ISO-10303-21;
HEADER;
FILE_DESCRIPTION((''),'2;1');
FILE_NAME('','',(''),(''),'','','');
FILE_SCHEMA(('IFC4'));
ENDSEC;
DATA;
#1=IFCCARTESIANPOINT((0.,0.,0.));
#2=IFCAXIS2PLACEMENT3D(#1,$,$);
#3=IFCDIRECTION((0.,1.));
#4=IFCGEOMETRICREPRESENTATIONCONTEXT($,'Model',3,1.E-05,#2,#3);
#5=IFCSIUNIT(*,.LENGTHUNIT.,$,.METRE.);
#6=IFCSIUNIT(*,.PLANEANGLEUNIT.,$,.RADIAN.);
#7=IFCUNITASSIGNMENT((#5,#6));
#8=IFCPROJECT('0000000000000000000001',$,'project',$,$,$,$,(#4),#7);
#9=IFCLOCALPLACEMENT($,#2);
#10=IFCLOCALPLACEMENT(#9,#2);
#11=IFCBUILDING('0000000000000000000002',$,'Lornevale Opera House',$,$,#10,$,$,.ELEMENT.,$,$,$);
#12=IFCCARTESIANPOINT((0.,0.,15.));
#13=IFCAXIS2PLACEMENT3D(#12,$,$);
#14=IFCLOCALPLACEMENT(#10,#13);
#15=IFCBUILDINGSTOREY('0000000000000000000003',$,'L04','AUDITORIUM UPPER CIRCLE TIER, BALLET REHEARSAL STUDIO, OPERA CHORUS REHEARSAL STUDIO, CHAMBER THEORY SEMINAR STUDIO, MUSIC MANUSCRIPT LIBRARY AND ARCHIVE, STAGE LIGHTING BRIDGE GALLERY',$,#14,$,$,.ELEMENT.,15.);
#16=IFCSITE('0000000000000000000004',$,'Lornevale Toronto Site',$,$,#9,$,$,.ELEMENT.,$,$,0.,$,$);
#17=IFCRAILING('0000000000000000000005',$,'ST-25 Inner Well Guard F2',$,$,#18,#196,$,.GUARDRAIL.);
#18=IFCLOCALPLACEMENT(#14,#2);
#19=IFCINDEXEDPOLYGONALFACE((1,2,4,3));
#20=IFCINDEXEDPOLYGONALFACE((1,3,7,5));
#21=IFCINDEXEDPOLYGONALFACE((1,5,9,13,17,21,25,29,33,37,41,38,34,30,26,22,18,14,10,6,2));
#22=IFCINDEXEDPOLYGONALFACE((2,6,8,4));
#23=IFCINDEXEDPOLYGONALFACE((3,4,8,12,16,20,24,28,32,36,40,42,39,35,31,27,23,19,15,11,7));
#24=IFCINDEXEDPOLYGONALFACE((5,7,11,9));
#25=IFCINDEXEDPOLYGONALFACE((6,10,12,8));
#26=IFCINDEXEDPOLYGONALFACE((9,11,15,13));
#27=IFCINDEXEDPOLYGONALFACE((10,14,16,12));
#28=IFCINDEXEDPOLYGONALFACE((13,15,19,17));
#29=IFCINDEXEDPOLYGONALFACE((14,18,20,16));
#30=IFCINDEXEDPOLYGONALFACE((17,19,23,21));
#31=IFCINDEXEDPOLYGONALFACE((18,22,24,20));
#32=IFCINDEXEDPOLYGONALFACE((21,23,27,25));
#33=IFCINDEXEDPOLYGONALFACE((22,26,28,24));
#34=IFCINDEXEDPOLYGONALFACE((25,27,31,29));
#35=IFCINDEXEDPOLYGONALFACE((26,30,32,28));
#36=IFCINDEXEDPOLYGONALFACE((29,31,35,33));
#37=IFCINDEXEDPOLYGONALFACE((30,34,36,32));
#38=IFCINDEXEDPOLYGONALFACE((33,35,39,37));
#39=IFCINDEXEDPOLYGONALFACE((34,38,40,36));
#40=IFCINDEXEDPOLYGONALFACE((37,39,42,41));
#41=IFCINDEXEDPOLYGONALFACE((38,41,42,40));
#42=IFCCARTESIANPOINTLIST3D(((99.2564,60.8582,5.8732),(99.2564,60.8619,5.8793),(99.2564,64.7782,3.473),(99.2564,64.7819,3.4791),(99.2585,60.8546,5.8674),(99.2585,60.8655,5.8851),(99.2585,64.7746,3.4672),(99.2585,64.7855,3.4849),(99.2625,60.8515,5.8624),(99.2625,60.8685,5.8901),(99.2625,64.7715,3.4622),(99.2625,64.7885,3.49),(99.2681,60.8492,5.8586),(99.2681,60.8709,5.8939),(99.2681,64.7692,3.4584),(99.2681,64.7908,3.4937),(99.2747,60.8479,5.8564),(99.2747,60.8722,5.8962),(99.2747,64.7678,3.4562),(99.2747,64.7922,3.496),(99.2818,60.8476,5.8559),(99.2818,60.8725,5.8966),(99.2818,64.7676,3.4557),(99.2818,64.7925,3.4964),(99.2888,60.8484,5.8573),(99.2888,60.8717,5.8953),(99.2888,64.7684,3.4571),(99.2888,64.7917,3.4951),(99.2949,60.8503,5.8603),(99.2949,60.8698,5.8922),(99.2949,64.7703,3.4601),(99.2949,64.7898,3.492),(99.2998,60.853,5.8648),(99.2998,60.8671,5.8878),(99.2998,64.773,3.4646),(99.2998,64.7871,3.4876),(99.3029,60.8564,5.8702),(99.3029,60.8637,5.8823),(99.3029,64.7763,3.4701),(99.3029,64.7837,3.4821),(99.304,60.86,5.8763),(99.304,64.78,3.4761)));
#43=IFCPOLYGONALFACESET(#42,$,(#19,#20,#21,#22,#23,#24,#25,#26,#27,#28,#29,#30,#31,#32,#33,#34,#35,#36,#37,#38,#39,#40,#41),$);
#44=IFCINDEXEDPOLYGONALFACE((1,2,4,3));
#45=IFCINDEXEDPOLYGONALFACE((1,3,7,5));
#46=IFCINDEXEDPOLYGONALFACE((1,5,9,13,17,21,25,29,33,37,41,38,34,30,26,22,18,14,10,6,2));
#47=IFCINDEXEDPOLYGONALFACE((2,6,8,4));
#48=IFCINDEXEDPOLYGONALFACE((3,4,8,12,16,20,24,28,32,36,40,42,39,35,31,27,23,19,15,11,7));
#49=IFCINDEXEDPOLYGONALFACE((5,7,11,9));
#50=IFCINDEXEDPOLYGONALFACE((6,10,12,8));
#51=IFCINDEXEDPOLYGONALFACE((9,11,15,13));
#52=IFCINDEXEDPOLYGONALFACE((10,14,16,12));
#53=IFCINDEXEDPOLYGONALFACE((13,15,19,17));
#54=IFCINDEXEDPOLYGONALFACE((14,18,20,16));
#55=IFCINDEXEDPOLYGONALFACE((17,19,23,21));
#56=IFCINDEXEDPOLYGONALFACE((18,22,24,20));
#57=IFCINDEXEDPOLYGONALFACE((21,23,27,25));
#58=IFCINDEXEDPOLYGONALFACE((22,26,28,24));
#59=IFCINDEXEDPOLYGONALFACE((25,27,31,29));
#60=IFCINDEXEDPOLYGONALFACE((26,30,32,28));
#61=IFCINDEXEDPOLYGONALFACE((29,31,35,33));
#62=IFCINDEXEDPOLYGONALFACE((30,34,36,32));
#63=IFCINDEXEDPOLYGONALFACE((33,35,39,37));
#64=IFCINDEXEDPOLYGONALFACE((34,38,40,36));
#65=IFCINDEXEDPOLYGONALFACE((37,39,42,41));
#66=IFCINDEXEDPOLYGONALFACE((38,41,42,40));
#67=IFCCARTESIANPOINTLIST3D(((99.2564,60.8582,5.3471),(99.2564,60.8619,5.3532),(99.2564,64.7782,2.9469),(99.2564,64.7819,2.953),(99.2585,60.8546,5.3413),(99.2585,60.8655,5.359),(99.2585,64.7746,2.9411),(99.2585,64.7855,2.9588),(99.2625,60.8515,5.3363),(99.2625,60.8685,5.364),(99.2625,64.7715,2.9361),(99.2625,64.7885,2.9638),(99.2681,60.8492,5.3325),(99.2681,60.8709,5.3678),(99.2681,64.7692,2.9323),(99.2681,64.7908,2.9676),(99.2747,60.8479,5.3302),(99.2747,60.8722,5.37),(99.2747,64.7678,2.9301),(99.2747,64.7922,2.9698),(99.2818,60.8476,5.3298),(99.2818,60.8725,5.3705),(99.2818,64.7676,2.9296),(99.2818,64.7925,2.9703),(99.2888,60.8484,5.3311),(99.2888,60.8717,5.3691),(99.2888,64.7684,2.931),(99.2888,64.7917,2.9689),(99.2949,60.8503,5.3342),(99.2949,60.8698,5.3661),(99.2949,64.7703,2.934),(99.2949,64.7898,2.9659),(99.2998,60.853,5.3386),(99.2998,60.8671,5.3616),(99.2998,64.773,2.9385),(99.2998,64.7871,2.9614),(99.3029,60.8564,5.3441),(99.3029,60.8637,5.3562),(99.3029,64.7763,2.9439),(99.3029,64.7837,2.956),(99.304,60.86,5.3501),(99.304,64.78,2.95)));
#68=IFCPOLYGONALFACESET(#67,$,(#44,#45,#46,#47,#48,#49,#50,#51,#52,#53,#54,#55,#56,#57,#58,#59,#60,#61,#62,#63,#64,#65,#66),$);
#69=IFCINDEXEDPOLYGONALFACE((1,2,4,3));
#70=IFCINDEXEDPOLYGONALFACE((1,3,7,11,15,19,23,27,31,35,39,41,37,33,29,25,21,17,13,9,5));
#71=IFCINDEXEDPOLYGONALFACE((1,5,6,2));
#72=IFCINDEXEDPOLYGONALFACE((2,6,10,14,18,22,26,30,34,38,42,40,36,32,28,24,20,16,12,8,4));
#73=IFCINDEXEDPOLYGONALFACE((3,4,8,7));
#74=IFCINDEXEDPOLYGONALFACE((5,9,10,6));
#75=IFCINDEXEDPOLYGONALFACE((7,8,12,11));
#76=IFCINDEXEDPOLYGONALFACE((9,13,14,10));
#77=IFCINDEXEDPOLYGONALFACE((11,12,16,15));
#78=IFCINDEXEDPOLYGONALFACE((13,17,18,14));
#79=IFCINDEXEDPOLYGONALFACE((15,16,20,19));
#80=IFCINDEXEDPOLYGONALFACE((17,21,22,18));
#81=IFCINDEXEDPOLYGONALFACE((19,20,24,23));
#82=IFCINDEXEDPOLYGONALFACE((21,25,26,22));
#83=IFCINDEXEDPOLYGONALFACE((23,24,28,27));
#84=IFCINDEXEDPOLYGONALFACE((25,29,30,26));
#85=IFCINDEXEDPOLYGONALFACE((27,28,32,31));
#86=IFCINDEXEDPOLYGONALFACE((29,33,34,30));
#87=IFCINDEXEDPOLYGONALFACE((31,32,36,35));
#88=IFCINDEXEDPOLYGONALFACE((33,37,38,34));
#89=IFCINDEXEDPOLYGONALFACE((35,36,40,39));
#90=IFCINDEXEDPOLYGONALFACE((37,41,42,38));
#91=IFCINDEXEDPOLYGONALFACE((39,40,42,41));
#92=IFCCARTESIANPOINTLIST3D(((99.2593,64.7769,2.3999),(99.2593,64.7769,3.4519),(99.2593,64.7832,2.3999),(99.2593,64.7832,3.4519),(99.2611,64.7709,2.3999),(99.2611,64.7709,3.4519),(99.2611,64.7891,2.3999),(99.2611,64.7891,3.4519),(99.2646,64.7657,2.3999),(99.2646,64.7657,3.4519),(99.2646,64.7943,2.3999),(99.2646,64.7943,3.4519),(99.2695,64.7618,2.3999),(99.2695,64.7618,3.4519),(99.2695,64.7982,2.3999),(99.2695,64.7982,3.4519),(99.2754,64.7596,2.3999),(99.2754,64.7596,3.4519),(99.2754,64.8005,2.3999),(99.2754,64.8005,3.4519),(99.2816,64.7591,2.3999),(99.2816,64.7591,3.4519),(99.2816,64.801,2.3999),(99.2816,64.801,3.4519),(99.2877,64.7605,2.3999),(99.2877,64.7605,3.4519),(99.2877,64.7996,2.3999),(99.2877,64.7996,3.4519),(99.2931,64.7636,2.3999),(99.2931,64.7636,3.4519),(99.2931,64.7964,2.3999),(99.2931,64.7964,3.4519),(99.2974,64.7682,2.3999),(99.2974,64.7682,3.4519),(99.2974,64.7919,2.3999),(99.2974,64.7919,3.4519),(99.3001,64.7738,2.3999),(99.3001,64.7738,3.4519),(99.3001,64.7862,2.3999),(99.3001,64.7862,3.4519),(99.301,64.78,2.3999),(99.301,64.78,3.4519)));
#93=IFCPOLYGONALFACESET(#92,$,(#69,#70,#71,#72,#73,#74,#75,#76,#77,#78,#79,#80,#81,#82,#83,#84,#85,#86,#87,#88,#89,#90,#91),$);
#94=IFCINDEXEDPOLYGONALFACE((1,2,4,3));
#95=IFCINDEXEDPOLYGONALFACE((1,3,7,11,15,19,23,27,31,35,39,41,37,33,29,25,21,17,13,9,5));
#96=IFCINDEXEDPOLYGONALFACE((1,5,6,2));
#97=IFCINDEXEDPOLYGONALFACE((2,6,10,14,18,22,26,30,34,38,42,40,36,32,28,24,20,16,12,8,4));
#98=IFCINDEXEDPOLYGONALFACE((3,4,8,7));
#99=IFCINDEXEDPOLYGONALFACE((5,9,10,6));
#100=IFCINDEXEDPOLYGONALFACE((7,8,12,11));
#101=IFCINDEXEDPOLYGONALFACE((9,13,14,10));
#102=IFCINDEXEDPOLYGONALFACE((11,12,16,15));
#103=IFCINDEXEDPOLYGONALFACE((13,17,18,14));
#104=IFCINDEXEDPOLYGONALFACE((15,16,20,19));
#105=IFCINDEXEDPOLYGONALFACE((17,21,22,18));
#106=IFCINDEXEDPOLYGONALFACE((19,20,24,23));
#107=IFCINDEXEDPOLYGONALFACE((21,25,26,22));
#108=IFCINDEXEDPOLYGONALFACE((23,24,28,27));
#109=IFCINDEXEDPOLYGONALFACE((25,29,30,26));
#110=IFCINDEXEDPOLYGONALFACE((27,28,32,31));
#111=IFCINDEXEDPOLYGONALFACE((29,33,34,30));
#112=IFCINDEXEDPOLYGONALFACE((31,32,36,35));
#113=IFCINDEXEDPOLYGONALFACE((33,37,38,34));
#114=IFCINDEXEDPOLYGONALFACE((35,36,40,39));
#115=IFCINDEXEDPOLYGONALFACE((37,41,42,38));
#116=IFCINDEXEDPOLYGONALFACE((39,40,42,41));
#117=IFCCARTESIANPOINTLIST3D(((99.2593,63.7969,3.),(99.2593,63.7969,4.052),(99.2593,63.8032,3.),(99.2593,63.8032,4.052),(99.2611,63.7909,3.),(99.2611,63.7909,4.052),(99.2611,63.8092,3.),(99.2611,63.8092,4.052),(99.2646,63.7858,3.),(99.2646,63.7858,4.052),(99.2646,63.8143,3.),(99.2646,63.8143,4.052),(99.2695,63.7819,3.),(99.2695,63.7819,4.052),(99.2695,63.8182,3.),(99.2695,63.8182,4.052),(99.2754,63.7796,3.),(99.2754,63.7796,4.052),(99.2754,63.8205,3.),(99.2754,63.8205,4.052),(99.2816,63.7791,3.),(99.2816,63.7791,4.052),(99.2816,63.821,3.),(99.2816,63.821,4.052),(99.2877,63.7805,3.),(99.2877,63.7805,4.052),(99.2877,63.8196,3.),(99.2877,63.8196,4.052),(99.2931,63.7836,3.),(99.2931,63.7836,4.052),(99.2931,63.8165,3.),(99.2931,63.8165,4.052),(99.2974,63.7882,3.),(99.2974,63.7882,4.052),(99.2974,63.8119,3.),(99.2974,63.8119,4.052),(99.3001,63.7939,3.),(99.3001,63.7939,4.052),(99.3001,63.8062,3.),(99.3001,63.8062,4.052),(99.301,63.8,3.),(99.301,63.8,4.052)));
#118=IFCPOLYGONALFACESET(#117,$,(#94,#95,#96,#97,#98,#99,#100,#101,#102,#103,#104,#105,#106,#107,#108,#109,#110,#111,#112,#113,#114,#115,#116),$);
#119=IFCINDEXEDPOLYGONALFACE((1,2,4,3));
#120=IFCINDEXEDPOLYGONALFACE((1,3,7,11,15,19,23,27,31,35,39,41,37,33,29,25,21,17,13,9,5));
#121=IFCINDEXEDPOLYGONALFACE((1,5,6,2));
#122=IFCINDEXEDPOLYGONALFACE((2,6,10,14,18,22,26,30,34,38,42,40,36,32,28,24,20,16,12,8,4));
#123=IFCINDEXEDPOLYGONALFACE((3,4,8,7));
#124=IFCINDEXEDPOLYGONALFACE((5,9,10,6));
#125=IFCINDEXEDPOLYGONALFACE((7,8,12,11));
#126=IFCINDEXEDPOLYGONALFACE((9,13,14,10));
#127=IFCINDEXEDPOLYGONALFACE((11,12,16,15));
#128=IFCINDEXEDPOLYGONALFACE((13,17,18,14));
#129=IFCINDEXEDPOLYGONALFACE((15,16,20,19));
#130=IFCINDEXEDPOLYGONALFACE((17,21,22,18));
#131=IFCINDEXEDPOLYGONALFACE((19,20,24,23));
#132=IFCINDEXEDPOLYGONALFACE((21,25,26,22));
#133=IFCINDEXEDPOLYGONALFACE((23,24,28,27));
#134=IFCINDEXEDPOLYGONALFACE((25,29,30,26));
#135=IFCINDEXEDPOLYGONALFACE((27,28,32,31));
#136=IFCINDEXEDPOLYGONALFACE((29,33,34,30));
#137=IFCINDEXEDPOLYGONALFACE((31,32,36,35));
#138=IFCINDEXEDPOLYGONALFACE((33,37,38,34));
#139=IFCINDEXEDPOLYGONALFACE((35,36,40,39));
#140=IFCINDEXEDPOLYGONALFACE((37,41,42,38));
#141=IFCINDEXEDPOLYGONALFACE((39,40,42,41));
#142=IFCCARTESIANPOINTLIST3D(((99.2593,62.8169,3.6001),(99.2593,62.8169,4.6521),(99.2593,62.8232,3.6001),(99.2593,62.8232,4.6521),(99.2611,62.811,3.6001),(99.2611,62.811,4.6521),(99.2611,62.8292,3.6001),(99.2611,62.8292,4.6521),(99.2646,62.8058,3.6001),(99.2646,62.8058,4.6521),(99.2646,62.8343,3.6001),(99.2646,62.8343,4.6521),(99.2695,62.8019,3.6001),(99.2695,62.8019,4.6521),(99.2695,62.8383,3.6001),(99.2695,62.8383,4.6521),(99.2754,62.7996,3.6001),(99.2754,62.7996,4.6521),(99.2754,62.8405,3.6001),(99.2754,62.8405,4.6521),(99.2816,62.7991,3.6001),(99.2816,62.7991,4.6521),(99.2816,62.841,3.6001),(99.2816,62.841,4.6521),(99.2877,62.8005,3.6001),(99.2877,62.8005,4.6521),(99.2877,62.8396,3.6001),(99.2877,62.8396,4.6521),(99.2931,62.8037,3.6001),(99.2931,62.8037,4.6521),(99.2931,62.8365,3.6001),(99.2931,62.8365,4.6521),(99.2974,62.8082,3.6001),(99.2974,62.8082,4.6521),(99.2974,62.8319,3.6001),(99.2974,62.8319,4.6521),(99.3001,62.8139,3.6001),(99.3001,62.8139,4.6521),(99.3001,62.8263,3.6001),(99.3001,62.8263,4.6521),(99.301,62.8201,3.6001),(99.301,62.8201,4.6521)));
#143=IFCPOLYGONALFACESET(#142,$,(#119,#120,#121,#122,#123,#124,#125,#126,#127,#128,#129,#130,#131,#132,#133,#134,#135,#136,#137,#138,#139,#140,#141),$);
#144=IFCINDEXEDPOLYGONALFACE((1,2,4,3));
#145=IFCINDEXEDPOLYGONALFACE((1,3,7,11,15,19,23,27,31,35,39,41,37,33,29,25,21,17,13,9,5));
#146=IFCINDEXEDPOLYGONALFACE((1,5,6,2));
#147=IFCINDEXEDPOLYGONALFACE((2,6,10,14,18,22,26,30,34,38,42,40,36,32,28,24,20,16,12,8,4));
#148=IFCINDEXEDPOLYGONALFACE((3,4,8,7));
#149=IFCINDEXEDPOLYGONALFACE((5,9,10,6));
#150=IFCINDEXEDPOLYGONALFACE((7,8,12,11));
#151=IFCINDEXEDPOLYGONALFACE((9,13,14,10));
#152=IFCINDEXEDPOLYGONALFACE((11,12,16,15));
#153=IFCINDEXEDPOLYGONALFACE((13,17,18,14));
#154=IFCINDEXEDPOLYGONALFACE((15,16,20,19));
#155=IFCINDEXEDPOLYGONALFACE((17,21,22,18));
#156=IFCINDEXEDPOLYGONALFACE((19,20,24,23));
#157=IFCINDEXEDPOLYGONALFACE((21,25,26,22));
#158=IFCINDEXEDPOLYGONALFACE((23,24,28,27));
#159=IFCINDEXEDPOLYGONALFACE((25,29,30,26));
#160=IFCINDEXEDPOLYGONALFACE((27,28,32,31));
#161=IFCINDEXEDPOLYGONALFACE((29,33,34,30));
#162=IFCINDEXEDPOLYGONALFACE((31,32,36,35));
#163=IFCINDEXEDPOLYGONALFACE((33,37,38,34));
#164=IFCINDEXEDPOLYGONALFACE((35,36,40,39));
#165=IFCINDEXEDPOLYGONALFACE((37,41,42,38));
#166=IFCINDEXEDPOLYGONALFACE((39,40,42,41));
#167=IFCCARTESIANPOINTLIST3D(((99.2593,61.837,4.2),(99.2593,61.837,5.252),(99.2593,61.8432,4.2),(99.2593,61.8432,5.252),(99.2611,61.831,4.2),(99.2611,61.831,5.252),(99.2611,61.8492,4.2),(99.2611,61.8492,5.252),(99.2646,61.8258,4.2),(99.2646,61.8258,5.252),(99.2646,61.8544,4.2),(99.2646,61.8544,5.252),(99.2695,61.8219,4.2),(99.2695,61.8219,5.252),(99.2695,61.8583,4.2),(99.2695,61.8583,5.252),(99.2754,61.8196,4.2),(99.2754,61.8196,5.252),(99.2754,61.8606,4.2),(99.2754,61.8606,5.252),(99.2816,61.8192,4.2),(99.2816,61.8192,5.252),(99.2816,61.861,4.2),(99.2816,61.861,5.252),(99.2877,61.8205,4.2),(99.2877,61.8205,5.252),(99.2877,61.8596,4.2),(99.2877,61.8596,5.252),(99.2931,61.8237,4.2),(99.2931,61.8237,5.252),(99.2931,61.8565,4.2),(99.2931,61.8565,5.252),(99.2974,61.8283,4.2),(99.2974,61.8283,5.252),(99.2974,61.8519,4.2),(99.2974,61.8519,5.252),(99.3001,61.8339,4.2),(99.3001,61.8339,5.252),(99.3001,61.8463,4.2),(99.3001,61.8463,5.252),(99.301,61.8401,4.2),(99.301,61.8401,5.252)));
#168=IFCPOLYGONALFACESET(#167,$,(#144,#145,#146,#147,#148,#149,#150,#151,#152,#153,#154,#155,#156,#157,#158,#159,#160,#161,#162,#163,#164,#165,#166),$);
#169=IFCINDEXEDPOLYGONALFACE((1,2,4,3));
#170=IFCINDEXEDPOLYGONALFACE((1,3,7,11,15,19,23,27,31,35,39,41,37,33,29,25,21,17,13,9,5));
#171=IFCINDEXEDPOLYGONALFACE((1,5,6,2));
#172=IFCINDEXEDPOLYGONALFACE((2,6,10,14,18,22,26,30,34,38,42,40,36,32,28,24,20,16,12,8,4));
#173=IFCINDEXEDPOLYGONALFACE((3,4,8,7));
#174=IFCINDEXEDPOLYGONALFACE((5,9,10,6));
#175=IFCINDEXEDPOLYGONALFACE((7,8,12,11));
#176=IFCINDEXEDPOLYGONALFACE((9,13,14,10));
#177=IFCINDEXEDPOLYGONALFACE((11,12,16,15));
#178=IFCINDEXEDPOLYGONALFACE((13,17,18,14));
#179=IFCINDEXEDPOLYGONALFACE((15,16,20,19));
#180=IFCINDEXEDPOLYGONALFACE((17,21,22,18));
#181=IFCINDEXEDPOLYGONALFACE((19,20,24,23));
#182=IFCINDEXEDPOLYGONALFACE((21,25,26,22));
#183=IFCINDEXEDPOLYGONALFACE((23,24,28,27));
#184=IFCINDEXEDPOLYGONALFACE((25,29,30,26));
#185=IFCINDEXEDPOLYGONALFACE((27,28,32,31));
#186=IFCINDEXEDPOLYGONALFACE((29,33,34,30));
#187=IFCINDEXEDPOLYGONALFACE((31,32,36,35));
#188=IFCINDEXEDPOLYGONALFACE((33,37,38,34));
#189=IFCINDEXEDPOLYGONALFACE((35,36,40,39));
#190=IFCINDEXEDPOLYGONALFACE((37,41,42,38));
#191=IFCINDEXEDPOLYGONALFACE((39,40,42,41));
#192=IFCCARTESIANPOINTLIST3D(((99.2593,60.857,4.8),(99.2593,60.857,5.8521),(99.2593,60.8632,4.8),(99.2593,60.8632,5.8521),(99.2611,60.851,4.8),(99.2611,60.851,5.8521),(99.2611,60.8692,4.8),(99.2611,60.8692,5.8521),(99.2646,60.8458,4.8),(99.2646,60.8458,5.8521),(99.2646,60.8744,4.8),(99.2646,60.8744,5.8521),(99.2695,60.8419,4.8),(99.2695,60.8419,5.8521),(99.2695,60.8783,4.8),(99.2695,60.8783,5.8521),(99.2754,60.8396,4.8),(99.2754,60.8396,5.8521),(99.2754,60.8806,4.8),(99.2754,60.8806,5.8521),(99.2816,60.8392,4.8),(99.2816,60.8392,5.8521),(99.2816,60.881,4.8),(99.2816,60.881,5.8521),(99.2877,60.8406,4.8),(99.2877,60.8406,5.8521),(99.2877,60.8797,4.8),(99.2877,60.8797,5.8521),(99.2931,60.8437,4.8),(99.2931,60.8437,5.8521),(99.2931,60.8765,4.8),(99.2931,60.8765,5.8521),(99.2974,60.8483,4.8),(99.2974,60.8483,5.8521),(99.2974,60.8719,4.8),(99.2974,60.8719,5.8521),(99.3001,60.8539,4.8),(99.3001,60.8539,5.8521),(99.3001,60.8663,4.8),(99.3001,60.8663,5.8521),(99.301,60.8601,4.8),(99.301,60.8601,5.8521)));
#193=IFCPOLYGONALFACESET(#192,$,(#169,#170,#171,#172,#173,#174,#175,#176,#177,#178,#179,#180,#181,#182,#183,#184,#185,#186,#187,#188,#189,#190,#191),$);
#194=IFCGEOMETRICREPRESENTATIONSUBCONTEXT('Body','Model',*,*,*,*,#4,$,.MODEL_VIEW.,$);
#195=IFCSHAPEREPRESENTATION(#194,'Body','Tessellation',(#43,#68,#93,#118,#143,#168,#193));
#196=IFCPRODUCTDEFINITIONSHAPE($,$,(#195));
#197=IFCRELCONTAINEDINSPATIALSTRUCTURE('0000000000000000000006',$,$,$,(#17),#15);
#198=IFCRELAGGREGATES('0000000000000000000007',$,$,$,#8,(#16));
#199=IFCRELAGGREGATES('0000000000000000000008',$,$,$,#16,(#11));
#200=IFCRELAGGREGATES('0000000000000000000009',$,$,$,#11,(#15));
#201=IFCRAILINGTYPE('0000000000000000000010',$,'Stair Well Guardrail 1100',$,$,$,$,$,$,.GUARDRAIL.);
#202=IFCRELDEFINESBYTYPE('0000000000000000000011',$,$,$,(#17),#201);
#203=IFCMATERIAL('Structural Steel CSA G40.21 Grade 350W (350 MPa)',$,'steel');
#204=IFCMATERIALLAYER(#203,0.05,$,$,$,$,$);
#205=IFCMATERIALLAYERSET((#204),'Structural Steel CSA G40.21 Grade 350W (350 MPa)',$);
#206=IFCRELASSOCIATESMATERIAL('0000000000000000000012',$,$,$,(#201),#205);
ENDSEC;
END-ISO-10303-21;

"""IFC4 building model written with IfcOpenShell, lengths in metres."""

from ifc_helpers import new_model, si_unit, direction, frame, origin, origin_2d, place, context, subcontext, project, spatial, circle, extrude, material, layer, layer_set, type_object, element, save


model = new_model("IFC4")

# Units and contexts
model_context = context("Model", 3, precision=1e-05, world=origin(), true_north=direction((0.0, 1.0)))
body_context = subcontext(model_context, "Body", "Model", "MODEL_VIEW")
ifc_project = project(units=[si_unit("LENGTHUNIT", "METRE"), si_unit("PLANEANGLEUNIT", "RADIAN")], contexts=[model_context])

# Site, building, storey
site_placement = place(None, origin())
site = spatial("IfcSite", under=ifc_project, at=site_placement, Name="Lornevale Toronto Site", CompositionType="ELEMENT", RefElevation=0.0)
building_placement = place(site_placement, origin())
building = spatial("IfcBuilding", under=site, at=building_placement, Name="Lornevale Opera House", CompositionType="ELEMENT")
storey_placement = place(building_placement, frame((0.0, 0.0, 15.0)))
storey = spatial("IfcBuildingStorey", under=building, at=storey_placement, Name="L04", Description="AUDITORIUM UPPER CIRCLE TIER, BALLET REHEARSAL STUDIO, OPERA CHORUS REHEARSAL STUDIO, CHAMBER THEORY SEMINAR STUDIO, MUSIC MANUSCRIPT LIBRARY AND ARCHIVE, STAGE LIGHTING BRIDGE GALLERY", CompositionType="ELEMENT", Elevation=15.0)

# Shared definitions
ifc_material_1 = material(Name="Structural Steel CSA G40.21 Grade 350W (350 MPa)", Category="steel")

# Railing
ifc_layer_1 = layer(ifc_material_1, 0.05)
ifc_layer_set_1 = layer_set([ifc_layer_1], Name="Structural Steel CSA G40.21 Grade 350W (350 MPa)")
railing_type_1 = type_object("IfcRailingType", Name="Stair Well Guardrail 1100", PredefinedType="GUARDRAIL", material=ifc_layer_set_1)
railing_1_placement = place(storey_placement, frame((99.28, 64.78, 2.3999)))
element("IfcRailing", 1, at=railing_1_placement, inside=storey, type_object=railing_type_1, Name="ST-25 Inner Well Guard F2", PredefinedType="GUARDRAIL", context=body_context, shape_type="SweptSolid", body=[
    extrude(circle(Radius=0.0239, at=origin_2d()), frame((0.0, 0.0, 1.0762), z_axis=(0.0, -0.852832, 0.522185), x_axis=(1.0, 0.0, 0.0)), (0.0, 0.0, 1.0), 4.5964),
    extrude(circle(Radius=0.0239, at=origin_2d()), frame((0.0, 0.0, 0.55), z_axis=(0.0, -0.852832, 0.522185), x_axis=(1.0, 0.0, 0.0)), (0.0, 0.0, 1.0), 4.5964),
    extrude(circle(Radius=0.021, at=origin_2d()), origin(), (0.0, 0.0, 1.0), 1.052),
    extrude(circle(Radius=0.021, at=origin_2d()), frame((0.0, -0.98, 0.6001)), (0.0, 0.0, 1.0), 1.052),
    extrude(circle(Radius=0.021, at=origin_2d()), frame((0.0, -1.96, 1.2002)), (0.0, 0.0, 1.0), 1.052),
    extrude(circle(Radius=0.021, at=origin_2d()), frame((0.0, -2.9399, 1.8)), (0.0, 0.0, 1.0), 1.052),
    extrude(circle(Radius=0.021, at=origin_2d()), frame((0.0, -3.9199, 2.4001)), (0.0, 0.0, 1.0), 1.052),
])

save(model, "model.ifc")
